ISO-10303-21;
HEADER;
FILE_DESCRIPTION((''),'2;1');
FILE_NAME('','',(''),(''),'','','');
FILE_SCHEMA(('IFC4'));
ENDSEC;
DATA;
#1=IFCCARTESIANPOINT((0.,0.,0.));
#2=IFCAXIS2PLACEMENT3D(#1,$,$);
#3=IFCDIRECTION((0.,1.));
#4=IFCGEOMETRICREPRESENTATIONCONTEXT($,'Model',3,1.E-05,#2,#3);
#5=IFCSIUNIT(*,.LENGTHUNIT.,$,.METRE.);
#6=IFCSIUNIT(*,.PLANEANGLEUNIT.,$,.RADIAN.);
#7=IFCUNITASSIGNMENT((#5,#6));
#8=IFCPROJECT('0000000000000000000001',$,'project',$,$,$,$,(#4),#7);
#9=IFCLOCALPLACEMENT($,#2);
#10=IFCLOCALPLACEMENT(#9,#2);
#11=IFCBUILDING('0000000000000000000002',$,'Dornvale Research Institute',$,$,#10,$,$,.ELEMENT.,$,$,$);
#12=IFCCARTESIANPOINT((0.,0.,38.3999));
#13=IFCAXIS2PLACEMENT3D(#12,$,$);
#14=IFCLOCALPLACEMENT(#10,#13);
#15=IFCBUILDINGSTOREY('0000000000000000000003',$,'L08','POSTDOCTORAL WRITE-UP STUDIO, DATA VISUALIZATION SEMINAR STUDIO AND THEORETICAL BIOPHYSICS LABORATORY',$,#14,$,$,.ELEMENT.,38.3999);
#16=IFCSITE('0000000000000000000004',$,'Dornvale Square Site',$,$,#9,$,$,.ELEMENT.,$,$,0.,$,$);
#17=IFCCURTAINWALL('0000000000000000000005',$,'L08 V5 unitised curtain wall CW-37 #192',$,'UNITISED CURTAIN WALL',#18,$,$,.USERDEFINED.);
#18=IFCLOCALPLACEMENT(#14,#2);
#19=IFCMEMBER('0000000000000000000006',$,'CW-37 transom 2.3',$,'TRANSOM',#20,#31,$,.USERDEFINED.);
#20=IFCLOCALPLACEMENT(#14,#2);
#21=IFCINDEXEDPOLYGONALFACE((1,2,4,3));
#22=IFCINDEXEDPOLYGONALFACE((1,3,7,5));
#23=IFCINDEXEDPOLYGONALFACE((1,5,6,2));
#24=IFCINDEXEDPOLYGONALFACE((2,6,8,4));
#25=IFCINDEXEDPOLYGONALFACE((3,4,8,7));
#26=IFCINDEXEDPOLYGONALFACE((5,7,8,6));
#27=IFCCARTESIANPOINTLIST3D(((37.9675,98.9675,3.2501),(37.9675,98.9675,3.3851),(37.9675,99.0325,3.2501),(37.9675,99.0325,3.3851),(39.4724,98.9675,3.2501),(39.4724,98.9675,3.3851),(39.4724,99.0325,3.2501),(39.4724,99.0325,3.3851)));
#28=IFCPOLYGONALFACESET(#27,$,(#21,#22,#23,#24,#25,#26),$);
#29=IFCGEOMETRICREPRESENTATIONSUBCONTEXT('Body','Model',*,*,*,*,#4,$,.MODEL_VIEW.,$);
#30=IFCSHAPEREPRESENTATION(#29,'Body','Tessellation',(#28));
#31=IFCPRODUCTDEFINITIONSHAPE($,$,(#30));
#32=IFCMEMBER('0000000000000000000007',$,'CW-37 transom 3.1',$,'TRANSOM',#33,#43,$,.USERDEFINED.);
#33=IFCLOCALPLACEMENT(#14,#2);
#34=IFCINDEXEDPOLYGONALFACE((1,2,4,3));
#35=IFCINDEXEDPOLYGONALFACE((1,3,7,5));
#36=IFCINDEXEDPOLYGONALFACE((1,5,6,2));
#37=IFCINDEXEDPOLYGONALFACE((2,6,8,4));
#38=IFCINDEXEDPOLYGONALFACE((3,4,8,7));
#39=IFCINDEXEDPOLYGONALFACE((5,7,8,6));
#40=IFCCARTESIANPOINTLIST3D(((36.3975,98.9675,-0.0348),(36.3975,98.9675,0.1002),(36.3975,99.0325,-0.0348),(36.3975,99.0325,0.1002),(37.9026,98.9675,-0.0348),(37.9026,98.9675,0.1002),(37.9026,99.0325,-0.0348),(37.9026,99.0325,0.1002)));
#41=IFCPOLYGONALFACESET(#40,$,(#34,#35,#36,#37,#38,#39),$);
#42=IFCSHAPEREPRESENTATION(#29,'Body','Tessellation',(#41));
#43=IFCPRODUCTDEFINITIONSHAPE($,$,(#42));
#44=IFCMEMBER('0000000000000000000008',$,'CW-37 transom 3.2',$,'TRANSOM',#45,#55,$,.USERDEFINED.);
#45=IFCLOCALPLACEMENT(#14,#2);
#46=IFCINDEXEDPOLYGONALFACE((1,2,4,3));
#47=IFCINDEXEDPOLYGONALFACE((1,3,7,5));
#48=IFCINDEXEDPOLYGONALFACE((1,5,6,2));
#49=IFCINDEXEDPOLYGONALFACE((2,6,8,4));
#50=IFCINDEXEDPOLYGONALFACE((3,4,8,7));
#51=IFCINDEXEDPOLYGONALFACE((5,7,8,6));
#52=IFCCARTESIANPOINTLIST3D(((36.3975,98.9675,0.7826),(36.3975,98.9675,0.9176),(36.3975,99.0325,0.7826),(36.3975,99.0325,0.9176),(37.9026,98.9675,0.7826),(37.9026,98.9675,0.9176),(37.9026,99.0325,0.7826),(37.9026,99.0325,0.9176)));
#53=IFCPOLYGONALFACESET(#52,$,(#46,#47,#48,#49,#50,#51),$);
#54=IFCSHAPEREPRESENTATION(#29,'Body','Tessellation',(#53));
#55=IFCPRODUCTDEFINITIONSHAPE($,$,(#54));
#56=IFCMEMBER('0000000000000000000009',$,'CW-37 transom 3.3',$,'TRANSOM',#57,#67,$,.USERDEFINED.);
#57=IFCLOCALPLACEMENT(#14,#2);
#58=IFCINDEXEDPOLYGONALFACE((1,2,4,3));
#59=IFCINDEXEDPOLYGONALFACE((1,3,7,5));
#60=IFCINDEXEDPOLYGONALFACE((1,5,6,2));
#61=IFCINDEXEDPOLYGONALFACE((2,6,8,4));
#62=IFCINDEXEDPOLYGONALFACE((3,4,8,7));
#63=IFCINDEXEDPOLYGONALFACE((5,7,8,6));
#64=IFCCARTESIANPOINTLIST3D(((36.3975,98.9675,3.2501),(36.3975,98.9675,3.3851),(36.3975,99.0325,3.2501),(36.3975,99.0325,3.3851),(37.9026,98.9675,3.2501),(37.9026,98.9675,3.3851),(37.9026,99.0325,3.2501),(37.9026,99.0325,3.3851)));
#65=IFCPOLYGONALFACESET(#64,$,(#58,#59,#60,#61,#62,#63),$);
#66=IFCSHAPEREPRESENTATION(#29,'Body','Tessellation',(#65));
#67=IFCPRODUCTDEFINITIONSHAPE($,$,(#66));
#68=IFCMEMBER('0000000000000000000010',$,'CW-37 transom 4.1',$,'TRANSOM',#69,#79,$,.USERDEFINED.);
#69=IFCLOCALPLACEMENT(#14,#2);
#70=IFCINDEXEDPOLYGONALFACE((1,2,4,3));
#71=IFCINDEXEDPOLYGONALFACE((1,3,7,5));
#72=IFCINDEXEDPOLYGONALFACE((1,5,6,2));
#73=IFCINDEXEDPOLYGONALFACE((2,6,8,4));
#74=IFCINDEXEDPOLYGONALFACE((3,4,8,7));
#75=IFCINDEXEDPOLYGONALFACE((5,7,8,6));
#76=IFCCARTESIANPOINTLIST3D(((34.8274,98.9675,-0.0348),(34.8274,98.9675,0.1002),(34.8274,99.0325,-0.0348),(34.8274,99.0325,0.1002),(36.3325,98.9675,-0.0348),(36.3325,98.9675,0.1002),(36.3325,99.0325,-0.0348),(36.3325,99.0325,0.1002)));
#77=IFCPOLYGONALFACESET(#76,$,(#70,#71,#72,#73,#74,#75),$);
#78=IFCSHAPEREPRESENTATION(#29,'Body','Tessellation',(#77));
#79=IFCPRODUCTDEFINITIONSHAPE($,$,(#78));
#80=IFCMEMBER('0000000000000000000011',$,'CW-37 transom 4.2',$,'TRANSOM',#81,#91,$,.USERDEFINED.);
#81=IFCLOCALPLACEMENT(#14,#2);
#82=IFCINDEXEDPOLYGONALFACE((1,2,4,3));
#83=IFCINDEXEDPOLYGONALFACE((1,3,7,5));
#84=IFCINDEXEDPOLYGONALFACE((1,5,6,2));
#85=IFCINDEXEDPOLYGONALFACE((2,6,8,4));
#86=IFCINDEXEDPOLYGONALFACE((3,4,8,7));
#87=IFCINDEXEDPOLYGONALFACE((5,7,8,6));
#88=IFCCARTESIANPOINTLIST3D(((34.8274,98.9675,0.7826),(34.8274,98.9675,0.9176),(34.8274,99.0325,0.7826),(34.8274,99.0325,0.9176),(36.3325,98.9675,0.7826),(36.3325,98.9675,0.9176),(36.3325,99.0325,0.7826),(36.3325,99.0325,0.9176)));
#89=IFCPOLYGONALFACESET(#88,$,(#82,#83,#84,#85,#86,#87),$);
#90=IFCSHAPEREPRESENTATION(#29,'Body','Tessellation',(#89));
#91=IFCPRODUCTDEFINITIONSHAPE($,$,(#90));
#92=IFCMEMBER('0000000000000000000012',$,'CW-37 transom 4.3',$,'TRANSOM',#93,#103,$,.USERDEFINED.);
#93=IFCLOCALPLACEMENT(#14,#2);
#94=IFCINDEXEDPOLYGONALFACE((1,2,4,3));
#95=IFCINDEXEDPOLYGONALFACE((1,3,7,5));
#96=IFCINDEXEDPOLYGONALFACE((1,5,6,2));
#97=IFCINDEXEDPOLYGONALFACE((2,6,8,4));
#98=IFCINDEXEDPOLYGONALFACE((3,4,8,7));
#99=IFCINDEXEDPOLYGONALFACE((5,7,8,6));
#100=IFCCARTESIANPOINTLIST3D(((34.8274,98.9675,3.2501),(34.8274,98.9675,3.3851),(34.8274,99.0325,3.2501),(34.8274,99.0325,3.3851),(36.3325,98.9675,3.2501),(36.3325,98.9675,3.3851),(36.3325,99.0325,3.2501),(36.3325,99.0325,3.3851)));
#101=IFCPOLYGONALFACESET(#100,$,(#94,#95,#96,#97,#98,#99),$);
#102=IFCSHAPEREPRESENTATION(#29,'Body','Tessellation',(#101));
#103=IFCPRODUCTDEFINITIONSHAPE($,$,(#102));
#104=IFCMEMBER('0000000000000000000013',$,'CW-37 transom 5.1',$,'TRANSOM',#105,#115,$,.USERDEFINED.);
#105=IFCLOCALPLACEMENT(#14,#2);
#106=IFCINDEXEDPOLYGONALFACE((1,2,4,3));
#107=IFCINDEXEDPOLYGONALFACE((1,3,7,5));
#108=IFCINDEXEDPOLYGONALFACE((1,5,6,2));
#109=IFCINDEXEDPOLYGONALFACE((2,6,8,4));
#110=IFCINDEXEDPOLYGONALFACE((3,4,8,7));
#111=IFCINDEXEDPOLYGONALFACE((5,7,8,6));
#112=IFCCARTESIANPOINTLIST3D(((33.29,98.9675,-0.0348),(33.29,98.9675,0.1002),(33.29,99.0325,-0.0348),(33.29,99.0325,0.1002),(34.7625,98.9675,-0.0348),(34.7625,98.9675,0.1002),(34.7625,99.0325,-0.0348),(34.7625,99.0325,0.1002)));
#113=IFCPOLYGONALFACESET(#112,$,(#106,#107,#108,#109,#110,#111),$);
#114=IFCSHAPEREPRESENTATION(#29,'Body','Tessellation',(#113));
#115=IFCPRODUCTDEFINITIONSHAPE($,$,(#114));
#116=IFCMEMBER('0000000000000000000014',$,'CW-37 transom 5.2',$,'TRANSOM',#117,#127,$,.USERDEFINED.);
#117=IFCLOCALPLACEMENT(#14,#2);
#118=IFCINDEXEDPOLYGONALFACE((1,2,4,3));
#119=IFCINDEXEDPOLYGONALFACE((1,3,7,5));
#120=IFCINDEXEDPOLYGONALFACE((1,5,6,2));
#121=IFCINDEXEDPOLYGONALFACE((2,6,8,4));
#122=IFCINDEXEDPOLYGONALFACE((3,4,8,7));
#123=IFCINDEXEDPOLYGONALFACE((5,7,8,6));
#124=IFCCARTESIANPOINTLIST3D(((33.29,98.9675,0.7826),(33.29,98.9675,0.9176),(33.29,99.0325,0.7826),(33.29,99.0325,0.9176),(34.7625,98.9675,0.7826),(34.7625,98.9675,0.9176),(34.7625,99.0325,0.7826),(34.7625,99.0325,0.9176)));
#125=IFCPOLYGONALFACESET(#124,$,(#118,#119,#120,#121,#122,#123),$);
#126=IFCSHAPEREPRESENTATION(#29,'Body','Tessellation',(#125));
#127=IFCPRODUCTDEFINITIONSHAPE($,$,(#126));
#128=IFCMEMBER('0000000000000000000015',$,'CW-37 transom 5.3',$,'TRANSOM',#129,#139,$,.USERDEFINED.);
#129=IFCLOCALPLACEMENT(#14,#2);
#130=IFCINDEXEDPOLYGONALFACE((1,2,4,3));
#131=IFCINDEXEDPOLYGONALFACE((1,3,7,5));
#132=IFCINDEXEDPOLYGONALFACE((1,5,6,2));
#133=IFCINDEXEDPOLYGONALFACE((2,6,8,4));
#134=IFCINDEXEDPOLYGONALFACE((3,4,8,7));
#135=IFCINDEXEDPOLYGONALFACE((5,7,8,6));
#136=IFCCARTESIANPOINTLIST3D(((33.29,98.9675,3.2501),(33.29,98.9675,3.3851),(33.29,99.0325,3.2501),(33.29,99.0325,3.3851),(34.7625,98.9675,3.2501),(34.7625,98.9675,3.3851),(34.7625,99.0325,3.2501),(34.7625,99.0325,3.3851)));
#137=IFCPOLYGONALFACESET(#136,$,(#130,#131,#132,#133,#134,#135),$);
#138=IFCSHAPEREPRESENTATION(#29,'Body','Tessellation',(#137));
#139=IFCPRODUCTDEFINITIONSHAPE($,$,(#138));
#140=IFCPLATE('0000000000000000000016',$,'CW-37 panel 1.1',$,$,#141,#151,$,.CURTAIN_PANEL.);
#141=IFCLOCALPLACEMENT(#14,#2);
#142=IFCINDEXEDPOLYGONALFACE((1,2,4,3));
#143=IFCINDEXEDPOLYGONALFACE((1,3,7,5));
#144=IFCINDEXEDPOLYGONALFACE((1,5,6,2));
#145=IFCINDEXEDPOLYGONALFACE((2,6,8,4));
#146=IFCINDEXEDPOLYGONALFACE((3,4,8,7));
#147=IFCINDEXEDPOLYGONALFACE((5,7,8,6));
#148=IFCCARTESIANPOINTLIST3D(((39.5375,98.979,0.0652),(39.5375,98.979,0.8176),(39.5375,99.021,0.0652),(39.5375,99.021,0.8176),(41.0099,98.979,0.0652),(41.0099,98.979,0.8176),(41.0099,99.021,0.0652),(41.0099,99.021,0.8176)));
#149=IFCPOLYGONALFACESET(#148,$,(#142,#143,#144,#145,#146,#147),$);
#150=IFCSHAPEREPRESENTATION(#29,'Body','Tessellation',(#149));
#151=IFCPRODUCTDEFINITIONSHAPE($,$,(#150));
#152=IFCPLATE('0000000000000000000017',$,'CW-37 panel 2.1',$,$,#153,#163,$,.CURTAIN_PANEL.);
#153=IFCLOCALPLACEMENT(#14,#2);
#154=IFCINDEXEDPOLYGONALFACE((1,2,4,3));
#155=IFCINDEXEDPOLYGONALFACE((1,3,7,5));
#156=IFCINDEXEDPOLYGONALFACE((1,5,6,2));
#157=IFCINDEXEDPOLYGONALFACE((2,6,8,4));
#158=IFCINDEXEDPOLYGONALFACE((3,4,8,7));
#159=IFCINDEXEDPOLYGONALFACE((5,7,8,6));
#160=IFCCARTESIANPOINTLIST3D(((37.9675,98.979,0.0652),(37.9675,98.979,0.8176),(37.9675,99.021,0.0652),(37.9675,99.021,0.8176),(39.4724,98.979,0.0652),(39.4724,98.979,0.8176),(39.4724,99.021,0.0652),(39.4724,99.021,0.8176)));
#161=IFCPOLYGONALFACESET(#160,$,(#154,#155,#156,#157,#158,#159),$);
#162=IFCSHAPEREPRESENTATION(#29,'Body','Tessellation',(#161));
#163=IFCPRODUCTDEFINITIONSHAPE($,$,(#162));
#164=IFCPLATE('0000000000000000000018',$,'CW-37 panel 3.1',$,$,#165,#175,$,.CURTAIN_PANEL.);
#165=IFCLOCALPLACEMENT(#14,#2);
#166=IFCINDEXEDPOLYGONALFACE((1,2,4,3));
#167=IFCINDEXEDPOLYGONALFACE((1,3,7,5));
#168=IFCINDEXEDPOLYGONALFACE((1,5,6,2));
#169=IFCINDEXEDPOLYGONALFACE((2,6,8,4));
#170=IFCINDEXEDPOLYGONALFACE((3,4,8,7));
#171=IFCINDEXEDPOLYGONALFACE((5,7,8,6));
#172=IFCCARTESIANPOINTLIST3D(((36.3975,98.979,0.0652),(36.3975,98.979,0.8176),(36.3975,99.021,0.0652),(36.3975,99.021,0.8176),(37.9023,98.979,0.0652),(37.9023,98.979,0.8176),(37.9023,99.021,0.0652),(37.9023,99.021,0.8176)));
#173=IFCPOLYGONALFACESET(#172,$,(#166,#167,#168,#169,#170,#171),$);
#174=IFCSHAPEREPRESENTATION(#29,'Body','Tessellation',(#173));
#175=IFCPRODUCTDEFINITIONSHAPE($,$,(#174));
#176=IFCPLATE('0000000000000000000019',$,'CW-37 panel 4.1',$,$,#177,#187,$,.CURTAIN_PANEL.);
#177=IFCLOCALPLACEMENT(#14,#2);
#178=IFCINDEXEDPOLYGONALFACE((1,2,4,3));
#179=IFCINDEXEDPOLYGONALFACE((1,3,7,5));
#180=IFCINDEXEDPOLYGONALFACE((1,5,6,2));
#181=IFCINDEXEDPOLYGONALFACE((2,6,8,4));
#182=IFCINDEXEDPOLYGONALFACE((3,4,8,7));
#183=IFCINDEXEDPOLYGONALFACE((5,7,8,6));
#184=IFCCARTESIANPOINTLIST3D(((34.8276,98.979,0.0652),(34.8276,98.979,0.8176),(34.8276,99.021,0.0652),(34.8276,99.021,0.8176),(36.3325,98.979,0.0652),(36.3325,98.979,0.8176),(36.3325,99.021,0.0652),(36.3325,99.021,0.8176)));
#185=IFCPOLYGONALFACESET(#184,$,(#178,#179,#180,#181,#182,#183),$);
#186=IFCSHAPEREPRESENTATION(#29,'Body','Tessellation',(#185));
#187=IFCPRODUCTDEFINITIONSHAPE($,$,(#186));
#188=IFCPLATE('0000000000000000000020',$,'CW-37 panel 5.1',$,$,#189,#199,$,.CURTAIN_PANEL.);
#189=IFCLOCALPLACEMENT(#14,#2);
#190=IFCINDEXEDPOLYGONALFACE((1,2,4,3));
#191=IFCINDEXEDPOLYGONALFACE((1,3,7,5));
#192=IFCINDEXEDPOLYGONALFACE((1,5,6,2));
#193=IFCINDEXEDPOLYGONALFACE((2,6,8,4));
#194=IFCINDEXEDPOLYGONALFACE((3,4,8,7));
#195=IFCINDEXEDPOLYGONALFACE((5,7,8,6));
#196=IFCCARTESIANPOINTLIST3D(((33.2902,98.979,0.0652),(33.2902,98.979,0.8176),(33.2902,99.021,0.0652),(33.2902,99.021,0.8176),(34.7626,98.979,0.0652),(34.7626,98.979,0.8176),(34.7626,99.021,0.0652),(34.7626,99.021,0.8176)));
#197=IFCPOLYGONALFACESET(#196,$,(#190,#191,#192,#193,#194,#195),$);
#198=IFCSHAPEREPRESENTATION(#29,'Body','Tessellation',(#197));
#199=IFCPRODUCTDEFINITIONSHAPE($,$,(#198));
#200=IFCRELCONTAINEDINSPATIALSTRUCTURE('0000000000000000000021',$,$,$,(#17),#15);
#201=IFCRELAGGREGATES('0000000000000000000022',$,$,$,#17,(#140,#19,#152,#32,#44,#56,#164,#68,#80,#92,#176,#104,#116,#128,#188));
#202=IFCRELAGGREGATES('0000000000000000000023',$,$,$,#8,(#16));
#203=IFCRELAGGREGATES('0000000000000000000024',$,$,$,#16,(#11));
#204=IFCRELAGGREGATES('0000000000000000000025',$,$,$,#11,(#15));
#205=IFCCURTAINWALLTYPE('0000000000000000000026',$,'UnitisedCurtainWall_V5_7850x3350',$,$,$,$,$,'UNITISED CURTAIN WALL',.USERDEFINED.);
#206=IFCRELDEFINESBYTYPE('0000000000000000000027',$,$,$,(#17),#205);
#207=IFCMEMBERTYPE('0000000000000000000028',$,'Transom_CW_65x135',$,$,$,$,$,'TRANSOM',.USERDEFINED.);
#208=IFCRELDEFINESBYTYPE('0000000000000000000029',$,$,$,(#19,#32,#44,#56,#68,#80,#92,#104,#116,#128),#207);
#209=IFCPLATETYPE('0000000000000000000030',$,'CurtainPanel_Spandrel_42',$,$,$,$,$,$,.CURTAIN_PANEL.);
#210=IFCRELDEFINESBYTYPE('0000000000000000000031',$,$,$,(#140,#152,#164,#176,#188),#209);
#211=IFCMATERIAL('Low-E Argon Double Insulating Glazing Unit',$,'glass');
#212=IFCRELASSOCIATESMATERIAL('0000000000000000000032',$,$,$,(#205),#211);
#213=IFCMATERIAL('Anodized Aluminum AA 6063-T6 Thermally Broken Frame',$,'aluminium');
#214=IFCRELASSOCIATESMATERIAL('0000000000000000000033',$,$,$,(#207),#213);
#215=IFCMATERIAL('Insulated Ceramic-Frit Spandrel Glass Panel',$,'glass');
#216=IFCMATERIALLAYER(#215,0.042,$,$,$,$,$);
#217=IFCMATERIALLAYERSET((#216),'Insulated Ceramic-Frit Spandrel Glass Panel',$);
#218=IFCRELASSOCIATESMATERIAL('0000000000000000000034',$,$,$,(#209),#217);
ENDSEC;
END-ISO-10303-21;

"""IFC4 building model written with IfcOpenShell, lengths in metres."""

from ifc_helpers import new_model, si_unit, direction, frame, origin, origin_2d, place, context, subcontext, project, spatial, rectangle, extrude, material, layer, layer_set, material_profile, profile_set, type_object, element, aggregate, save


model = new_model("IFC4")

# Units and contexts
model_context = context("Model", 3, precision=1e-05, world=origin(), true_north=direction((0.0, 1.0)))
body_context = subcontext(model_context, "Body", "Model", "MODEL_VIEW")
ifc_project = project(units=[si_unit("LENGTHUNIT", "METRE"), si_unit("PLANEANGLEUNIT", "RADIAN")], contexts=[model_context])

# Site, building, storey
site_placement = place(None, origin())
site = spatial("IfcSite", under=ifc_project, at=site_placement, Name="Dornvale Square Site", CompositionType="ELEMENT", RefElevation=0.0)
building_placement = place(site_placement, origin())
building = spatial("IfcBuilding", under=site, at=building_placement, Name="Dornvale Research Institute", CompositionType="ELEMENT")
storey_placement = place(building_placement, frame((0.0, 0.0, 38.3999)))
storey = spatial("IfcBuildingStorey", under=building, at=storey_placement, Name="L08", Description="POSTDOCTORAL WRITE-UP STUDIO, DATA VISUALIZATION SEMINAR STUDIO AND THEORETICAL BIOPHYSICS LABORATORY", CompositionType="ELEMENT", Elevation=38.3999)

# Curtain wall
ifc_material_1 = material(Name="Low-E Argon Double Insulating Glazing Unit", Category="glass")
curtain_wall_type = type_object("IfcCurtainWallType", Name="UnitisedCurtainWall_V5_7850x3350", ElementType="UNITISED CURTAIN WALL", PredefinedType="USERDEFINED", material=ifc_material_1)
curtain_wall_placement = place(storey_placement, origin())
curtain_wall = element("IfcCurtainWall", 1, at=curtain_wall_placement, inside=storey, type_object=curtain_wall_type, Name="L08 V5 unitised curtain wall CW-37 #192", ObjectType="UNITISED CURTAIN WALL", PredefinedType="USERDEFINED")

# Members
ifc_material_2 = material(Name="Anodized Aluminum AA 6063-T6 Thermally Broken Frame", Category="aluminium")
ifc_material_profile_1 = material_profile(ifc_material_2, rectangle(XDim=0.0649, YDim=0.135, at=origin_2d()), Name="ALU TRANSOM 65x135")
ifc_profile_set_1 = profile_set([ifc_material_profile_1], Name="Anodized Aluminum AA 6063-T6 Thermally Broken Frame")
member_type_1 = type_object("IfcMemberType", Name="Transom_CW_65x135", ElementType="TRANSOM", PredefinedType="USERDEFINED", material=ifc_profile_set_1)
member_1_placement = place(storey_placement, frame((39.4724, 99.0, 3.3176), z_axis=(-1.0, 0.0, 0.0), x_axis=(0.0, -1.0, 0.0)))
member_1 = element("IfcMember", 2, at=member_1_placement, type_object=member_type_1, Name="CW-37 transom 2.3", ObjectType="TRANSOM", PredefinedType="USERDEFINED", context=body_context, shape_type="SweptSolid", body=[
    extrude(rectangle(XDim=0.0649, YDim=0.135, at=origin_2d()), origin(), (0.0, 0.0, 1.0), 1.5049),
])
member_2_placement = place(storey_placement, frame((37.9026, 99.0, 0.0327), z_axis=(-1.0, 0.0, 0.0), x_axis=(0.0, -1.0, 0.0)))
member_2 = element("IfcMember", 3, at=member_2_placement, type_object=member_type_1, Name="CW-37 transom 3.1", ObjectType="TRANSOM", PredefinedType="USERDEFINED", context=body_context, shape_type="SweptSolid", body=[
    extrude(rectangle(XDim=0.0649, YDim=0.135, at=origin_2d()), origin(), (0.0, 0.0, 1.0), 1.5051),
])
member_3_placement = place(storey_placement, frame((37.9026, 99.0, 0.8501), z_axis=(-1.0, 0.0, 0.0), x_axis=(0.0, -1.0, 0.0)))
member_3 = element("IfcMember", 4, at=member_3_placement, type_object=member_type_1, Name="CW-37 transom 3.2", ObjectType="TRANSOM", PredefinedType="USERDEFINED", context=body_context, shape_type="SweptSolid", body=[
    extrude(rectangle(XDim=0.0649, YDim=0.135, at=origin_2d()), origin(), (0.0, 0.0, 1.0), 1.5051),
])
member_4_placement = place(storey_placement, frame((37.9026, 99.0, 3.3176), z_axis=(-1.0, 0.0, 0.0), x_axis=(0.0, -1.0, 0.0)))
member_4 = element("IfcMember", 5, at=member_4_placement, type_object=member_type_1, Name="CW-37 transom 3.3", ObjectType="TRANSOM", PredefinedType="USERDEFINED", context=body_context, shape_type="SweptSolid", body=[
    extrude(rectangle(XDim=0.0649, YDim=0.135, at=origin_2d()), origin(), (0.0, 0.0, 1.0), 1.5051),
])
member_5_placement = place(storey_placement, frame((36.3325, 99.0, 0.0327), z_axis=(-1.0, 0.0, 0.0), x_axis=(0.0, -1.0, 0.0)))
member_5 = element("IfcMember", 6, at=member_5_placement, type_object=member_type_1, Name="CW-37 transom 4.1", ObjectType="TRANSOM", PredefinedType="USERDEFINED", context=body_context, shape_type="SweptSolid", body=[
    extrude(rectangle(XDim=0.0649, YDim=0.135, at=origin_2d()), origin(), (0.0, 0.0, 1.0), 1.5051),
])
member_6_placement = place(storey_placement, frame((36.3325, 99.0, 0.8501), z_axis=(-1.0, 0.0, 0.0), x_axis=(0.0, -1.0, 0.0)))
member_6 = element("IfcMember", 7, at=member_6_placement, type_object=member_type_1, Name="CW-37 transom 4.2", ObjectType="TRANSOM", PredefinedType="USERDEFINED", context=body_context, shape_type="SweptSolid", body=[
    extrude(rectangle(XDim=0.0649, YDim=0.135, at=origin_2d()), origin(), (0.0, 0.0, 1.0), 1.5051),
])
member_7_placement = place(storey_placement, frame((36.3325, 99.0, 3.3176), z_axis=(-1.0, 0.0, 0.0), x_axis=(0.0, -1.0, 0.0)))
member_7 = element("IfcMember", 8, at=member_7_placement, type_object=member_type_1, Name="CW-37 transom 4.3", ObjectType="TRANSOM", PredefinedType="USERDEFINED", context=body_context, shape_type="SweptSolid", body=[
    extrude(rectangle(XDim=0.0649, YDim=0.135, at=origin_2d()), origin(), (0.0, 0.0, 1.0), 1.5051),
])
member_8_placement = place(storey_placement, frame((34.7625, 99.0, 0.0327), z_axis=(-1.0, 0.0, 0.0), x_axis=(0.0, -1.0, 0.0)))
member_8 = element("IfcMember", 9, at=member_8_placement, type_object=member_type_1, Name="CW-37 transom 5.1", ObjectType="TRANSOM", PredefinedType="USERDEFINED", context=body_context, shape_type="SweptSolid", body=[
    extrude(rectangle(XDim=0.0649, YDim=0.135, at=origin_2d()), origin(), (0.0, 0.0, 1.0), 1.4724),
])
member_9_placement = place(storey_placement, frame((34.7625, 99.0, 0.8501), z_axis=(-1.0, 0.0, 0.0), x_axis=(0.0, -1.0, 0.0)))
member_9 = element("IfcMember", 10, at=member_9_placement, type_object=member_type_1, Name="CW-37 transom 5.2", ObjectType="TRANSOM", PredefinedType="USERDEFINED", context=body_context, shape_type="SweptSolid", body=[
    extrude(rectangle(XDim=0.0649, YDim=0.135, at=origin_2d()), origin(), (0.0, 0.0, 1.0), 1.4724),
])
member_10_placement = place(storey_placement, frame((34.7625, 99.0, 3.3176), z_axis=(-1.0, 0.0, 0.0), x_axis=(0.0, -1.0, 0.0)))
member_10 = element("IfcMember", 11, at=member_10_placement, type_object=member_type_1, Name="CW-37 transom 5.3", ObjectType="TRANSOM", PredefinedType="USERDEFINED", context=body_context, shape_type="SweptSolid", body=[
    extrude(rectangle(XDim=0.0649, YDim=0.135, at=origin_2d()), origin(), (0.0, 0.0, 1.0), 1.4724),
])

# Plates
ifc_material_3 = material(Name="Insulated Ceramic-Frit Spandrel Glass Panel", Category="glass")
ifc_layer_1 = layer(ifc_material_3, 0.042)
ifc_layer_set_1 = layer_set([ifc_layer_1], Name="Insulated Ceramic-Frit Spandrel Glass Panel")
plate_type_1 = type_object("IfcPlateType", Name="CurtainPanel_Spandrel_42", PredefinedType="CURTAIN_PANEL", material=ifc_layer_set_1)
plate_1_placement = place(storey_placement, frame((40.2737, 99.0, 0.0652), z_axis=(0.0, 0.0, 1.0), x_axis=(-1.0, 0.0, 0.0)))
plate_1 = element("IfcPlate", 12, at=plate_1_placement, type_object=plate_type_1, Name="CW-37 panel 1.1", PredefinedType="CURTAIN_PANEL", context=body_context, shape_type="SweptSolid", body=[
    extrude(rectangle(XDim=1.4724, YDim=0.042, at=origin_2d()), origin(), (0.0, 0.0, 1.0), 0.7524),
])
plate_2_placement = place(storey_placement, frame((38.72, 99.0, 0.0652), z_axis=(0.0, 0.0, 1.0), x_axis=(-1.0, 0.0, 0.0)))
plate_2 = element("IfcPlate", 13, at=plate_2_placement, type_object=plate_type_1, Name="CW-37 panel 2.1", PredefinedType="CURTAIN_PANEL", context=body_context, shape_type="SweptSolid", body=[
    extrude(rectangle(XDim=1.5049, YDim=0.042, at=origin_2d()), origin(), (0.0, 0.0, 1.0), 0.7524),
])
plate_3_placement = place(storey_placement, frame((37.1499, 99.0, 0.0652), z_axis=(0.0, 0.0, 1.0), x_axis=(-1.0, 0.0, 0.0)))
plate_3 = element("IfcPlate", 14, at=plate_3_placement, type_object=plate_type_1, Name="CW-37 panel 3.1", PredefinedType="CURTAIN_PANEL", context=body_context, shape_type="SweptSolid", body=[
    extrude(rectangle(XDim=1.5049, YDim=0.042, at=origin_2d()), origin(), (0.0, 0.0, 1.0), 0.7524),
])
plate_4_placement = place(storey_placement, frame((35.5801, 99.0, 0.0652), z_axis=(0.0, 0.0, 1.0), x_axis=(-1.0, 0.0, 0.0)))
plate_4 = element("IfcPlate", 15, at=plate_4_placement, type_object=plate_type_1, Name="CW-37 panel 4.1", PredefinedType="CURTAIN_PANEL", context=body_context, shape_type="SweptSolid", body=[
    extrude(rectangle(XDim=1.5049, YDim=0.042, at=origin_2d()), origin(), (0.0, 0.0, 1.0), 0.7524),
])
plate_5_placement = place(storey_placement, frame((34.0264, 99.0, 0.0652), z_axis=(0.0, 0.0, 1.0), x_axis=(-1.0, 0.0, 0.0)))
plate_5 = element("IfcPlate", 16, at=plate_5_placement, type_object=plate_type_1, Name="CW-37 panel 5.1", PredefinedType="CURTAIN_PANEL", context=body_context, shape_type="SweptSolid", body=[
    extrude(rectangle(XDim=1.4724, YDim=0.042, at=origin_2d()), origin(), (0.0, 0.0, 1.0), 0.7524),
])
aggregate(curtain_wall, [plate_1, member_1, plate_2, member_2, member_3, member_4, plate_3, member_5, member_6, member_7, plate_4, member_8, member_9, member_10, plate_5])

save(model, "model.ifc")
